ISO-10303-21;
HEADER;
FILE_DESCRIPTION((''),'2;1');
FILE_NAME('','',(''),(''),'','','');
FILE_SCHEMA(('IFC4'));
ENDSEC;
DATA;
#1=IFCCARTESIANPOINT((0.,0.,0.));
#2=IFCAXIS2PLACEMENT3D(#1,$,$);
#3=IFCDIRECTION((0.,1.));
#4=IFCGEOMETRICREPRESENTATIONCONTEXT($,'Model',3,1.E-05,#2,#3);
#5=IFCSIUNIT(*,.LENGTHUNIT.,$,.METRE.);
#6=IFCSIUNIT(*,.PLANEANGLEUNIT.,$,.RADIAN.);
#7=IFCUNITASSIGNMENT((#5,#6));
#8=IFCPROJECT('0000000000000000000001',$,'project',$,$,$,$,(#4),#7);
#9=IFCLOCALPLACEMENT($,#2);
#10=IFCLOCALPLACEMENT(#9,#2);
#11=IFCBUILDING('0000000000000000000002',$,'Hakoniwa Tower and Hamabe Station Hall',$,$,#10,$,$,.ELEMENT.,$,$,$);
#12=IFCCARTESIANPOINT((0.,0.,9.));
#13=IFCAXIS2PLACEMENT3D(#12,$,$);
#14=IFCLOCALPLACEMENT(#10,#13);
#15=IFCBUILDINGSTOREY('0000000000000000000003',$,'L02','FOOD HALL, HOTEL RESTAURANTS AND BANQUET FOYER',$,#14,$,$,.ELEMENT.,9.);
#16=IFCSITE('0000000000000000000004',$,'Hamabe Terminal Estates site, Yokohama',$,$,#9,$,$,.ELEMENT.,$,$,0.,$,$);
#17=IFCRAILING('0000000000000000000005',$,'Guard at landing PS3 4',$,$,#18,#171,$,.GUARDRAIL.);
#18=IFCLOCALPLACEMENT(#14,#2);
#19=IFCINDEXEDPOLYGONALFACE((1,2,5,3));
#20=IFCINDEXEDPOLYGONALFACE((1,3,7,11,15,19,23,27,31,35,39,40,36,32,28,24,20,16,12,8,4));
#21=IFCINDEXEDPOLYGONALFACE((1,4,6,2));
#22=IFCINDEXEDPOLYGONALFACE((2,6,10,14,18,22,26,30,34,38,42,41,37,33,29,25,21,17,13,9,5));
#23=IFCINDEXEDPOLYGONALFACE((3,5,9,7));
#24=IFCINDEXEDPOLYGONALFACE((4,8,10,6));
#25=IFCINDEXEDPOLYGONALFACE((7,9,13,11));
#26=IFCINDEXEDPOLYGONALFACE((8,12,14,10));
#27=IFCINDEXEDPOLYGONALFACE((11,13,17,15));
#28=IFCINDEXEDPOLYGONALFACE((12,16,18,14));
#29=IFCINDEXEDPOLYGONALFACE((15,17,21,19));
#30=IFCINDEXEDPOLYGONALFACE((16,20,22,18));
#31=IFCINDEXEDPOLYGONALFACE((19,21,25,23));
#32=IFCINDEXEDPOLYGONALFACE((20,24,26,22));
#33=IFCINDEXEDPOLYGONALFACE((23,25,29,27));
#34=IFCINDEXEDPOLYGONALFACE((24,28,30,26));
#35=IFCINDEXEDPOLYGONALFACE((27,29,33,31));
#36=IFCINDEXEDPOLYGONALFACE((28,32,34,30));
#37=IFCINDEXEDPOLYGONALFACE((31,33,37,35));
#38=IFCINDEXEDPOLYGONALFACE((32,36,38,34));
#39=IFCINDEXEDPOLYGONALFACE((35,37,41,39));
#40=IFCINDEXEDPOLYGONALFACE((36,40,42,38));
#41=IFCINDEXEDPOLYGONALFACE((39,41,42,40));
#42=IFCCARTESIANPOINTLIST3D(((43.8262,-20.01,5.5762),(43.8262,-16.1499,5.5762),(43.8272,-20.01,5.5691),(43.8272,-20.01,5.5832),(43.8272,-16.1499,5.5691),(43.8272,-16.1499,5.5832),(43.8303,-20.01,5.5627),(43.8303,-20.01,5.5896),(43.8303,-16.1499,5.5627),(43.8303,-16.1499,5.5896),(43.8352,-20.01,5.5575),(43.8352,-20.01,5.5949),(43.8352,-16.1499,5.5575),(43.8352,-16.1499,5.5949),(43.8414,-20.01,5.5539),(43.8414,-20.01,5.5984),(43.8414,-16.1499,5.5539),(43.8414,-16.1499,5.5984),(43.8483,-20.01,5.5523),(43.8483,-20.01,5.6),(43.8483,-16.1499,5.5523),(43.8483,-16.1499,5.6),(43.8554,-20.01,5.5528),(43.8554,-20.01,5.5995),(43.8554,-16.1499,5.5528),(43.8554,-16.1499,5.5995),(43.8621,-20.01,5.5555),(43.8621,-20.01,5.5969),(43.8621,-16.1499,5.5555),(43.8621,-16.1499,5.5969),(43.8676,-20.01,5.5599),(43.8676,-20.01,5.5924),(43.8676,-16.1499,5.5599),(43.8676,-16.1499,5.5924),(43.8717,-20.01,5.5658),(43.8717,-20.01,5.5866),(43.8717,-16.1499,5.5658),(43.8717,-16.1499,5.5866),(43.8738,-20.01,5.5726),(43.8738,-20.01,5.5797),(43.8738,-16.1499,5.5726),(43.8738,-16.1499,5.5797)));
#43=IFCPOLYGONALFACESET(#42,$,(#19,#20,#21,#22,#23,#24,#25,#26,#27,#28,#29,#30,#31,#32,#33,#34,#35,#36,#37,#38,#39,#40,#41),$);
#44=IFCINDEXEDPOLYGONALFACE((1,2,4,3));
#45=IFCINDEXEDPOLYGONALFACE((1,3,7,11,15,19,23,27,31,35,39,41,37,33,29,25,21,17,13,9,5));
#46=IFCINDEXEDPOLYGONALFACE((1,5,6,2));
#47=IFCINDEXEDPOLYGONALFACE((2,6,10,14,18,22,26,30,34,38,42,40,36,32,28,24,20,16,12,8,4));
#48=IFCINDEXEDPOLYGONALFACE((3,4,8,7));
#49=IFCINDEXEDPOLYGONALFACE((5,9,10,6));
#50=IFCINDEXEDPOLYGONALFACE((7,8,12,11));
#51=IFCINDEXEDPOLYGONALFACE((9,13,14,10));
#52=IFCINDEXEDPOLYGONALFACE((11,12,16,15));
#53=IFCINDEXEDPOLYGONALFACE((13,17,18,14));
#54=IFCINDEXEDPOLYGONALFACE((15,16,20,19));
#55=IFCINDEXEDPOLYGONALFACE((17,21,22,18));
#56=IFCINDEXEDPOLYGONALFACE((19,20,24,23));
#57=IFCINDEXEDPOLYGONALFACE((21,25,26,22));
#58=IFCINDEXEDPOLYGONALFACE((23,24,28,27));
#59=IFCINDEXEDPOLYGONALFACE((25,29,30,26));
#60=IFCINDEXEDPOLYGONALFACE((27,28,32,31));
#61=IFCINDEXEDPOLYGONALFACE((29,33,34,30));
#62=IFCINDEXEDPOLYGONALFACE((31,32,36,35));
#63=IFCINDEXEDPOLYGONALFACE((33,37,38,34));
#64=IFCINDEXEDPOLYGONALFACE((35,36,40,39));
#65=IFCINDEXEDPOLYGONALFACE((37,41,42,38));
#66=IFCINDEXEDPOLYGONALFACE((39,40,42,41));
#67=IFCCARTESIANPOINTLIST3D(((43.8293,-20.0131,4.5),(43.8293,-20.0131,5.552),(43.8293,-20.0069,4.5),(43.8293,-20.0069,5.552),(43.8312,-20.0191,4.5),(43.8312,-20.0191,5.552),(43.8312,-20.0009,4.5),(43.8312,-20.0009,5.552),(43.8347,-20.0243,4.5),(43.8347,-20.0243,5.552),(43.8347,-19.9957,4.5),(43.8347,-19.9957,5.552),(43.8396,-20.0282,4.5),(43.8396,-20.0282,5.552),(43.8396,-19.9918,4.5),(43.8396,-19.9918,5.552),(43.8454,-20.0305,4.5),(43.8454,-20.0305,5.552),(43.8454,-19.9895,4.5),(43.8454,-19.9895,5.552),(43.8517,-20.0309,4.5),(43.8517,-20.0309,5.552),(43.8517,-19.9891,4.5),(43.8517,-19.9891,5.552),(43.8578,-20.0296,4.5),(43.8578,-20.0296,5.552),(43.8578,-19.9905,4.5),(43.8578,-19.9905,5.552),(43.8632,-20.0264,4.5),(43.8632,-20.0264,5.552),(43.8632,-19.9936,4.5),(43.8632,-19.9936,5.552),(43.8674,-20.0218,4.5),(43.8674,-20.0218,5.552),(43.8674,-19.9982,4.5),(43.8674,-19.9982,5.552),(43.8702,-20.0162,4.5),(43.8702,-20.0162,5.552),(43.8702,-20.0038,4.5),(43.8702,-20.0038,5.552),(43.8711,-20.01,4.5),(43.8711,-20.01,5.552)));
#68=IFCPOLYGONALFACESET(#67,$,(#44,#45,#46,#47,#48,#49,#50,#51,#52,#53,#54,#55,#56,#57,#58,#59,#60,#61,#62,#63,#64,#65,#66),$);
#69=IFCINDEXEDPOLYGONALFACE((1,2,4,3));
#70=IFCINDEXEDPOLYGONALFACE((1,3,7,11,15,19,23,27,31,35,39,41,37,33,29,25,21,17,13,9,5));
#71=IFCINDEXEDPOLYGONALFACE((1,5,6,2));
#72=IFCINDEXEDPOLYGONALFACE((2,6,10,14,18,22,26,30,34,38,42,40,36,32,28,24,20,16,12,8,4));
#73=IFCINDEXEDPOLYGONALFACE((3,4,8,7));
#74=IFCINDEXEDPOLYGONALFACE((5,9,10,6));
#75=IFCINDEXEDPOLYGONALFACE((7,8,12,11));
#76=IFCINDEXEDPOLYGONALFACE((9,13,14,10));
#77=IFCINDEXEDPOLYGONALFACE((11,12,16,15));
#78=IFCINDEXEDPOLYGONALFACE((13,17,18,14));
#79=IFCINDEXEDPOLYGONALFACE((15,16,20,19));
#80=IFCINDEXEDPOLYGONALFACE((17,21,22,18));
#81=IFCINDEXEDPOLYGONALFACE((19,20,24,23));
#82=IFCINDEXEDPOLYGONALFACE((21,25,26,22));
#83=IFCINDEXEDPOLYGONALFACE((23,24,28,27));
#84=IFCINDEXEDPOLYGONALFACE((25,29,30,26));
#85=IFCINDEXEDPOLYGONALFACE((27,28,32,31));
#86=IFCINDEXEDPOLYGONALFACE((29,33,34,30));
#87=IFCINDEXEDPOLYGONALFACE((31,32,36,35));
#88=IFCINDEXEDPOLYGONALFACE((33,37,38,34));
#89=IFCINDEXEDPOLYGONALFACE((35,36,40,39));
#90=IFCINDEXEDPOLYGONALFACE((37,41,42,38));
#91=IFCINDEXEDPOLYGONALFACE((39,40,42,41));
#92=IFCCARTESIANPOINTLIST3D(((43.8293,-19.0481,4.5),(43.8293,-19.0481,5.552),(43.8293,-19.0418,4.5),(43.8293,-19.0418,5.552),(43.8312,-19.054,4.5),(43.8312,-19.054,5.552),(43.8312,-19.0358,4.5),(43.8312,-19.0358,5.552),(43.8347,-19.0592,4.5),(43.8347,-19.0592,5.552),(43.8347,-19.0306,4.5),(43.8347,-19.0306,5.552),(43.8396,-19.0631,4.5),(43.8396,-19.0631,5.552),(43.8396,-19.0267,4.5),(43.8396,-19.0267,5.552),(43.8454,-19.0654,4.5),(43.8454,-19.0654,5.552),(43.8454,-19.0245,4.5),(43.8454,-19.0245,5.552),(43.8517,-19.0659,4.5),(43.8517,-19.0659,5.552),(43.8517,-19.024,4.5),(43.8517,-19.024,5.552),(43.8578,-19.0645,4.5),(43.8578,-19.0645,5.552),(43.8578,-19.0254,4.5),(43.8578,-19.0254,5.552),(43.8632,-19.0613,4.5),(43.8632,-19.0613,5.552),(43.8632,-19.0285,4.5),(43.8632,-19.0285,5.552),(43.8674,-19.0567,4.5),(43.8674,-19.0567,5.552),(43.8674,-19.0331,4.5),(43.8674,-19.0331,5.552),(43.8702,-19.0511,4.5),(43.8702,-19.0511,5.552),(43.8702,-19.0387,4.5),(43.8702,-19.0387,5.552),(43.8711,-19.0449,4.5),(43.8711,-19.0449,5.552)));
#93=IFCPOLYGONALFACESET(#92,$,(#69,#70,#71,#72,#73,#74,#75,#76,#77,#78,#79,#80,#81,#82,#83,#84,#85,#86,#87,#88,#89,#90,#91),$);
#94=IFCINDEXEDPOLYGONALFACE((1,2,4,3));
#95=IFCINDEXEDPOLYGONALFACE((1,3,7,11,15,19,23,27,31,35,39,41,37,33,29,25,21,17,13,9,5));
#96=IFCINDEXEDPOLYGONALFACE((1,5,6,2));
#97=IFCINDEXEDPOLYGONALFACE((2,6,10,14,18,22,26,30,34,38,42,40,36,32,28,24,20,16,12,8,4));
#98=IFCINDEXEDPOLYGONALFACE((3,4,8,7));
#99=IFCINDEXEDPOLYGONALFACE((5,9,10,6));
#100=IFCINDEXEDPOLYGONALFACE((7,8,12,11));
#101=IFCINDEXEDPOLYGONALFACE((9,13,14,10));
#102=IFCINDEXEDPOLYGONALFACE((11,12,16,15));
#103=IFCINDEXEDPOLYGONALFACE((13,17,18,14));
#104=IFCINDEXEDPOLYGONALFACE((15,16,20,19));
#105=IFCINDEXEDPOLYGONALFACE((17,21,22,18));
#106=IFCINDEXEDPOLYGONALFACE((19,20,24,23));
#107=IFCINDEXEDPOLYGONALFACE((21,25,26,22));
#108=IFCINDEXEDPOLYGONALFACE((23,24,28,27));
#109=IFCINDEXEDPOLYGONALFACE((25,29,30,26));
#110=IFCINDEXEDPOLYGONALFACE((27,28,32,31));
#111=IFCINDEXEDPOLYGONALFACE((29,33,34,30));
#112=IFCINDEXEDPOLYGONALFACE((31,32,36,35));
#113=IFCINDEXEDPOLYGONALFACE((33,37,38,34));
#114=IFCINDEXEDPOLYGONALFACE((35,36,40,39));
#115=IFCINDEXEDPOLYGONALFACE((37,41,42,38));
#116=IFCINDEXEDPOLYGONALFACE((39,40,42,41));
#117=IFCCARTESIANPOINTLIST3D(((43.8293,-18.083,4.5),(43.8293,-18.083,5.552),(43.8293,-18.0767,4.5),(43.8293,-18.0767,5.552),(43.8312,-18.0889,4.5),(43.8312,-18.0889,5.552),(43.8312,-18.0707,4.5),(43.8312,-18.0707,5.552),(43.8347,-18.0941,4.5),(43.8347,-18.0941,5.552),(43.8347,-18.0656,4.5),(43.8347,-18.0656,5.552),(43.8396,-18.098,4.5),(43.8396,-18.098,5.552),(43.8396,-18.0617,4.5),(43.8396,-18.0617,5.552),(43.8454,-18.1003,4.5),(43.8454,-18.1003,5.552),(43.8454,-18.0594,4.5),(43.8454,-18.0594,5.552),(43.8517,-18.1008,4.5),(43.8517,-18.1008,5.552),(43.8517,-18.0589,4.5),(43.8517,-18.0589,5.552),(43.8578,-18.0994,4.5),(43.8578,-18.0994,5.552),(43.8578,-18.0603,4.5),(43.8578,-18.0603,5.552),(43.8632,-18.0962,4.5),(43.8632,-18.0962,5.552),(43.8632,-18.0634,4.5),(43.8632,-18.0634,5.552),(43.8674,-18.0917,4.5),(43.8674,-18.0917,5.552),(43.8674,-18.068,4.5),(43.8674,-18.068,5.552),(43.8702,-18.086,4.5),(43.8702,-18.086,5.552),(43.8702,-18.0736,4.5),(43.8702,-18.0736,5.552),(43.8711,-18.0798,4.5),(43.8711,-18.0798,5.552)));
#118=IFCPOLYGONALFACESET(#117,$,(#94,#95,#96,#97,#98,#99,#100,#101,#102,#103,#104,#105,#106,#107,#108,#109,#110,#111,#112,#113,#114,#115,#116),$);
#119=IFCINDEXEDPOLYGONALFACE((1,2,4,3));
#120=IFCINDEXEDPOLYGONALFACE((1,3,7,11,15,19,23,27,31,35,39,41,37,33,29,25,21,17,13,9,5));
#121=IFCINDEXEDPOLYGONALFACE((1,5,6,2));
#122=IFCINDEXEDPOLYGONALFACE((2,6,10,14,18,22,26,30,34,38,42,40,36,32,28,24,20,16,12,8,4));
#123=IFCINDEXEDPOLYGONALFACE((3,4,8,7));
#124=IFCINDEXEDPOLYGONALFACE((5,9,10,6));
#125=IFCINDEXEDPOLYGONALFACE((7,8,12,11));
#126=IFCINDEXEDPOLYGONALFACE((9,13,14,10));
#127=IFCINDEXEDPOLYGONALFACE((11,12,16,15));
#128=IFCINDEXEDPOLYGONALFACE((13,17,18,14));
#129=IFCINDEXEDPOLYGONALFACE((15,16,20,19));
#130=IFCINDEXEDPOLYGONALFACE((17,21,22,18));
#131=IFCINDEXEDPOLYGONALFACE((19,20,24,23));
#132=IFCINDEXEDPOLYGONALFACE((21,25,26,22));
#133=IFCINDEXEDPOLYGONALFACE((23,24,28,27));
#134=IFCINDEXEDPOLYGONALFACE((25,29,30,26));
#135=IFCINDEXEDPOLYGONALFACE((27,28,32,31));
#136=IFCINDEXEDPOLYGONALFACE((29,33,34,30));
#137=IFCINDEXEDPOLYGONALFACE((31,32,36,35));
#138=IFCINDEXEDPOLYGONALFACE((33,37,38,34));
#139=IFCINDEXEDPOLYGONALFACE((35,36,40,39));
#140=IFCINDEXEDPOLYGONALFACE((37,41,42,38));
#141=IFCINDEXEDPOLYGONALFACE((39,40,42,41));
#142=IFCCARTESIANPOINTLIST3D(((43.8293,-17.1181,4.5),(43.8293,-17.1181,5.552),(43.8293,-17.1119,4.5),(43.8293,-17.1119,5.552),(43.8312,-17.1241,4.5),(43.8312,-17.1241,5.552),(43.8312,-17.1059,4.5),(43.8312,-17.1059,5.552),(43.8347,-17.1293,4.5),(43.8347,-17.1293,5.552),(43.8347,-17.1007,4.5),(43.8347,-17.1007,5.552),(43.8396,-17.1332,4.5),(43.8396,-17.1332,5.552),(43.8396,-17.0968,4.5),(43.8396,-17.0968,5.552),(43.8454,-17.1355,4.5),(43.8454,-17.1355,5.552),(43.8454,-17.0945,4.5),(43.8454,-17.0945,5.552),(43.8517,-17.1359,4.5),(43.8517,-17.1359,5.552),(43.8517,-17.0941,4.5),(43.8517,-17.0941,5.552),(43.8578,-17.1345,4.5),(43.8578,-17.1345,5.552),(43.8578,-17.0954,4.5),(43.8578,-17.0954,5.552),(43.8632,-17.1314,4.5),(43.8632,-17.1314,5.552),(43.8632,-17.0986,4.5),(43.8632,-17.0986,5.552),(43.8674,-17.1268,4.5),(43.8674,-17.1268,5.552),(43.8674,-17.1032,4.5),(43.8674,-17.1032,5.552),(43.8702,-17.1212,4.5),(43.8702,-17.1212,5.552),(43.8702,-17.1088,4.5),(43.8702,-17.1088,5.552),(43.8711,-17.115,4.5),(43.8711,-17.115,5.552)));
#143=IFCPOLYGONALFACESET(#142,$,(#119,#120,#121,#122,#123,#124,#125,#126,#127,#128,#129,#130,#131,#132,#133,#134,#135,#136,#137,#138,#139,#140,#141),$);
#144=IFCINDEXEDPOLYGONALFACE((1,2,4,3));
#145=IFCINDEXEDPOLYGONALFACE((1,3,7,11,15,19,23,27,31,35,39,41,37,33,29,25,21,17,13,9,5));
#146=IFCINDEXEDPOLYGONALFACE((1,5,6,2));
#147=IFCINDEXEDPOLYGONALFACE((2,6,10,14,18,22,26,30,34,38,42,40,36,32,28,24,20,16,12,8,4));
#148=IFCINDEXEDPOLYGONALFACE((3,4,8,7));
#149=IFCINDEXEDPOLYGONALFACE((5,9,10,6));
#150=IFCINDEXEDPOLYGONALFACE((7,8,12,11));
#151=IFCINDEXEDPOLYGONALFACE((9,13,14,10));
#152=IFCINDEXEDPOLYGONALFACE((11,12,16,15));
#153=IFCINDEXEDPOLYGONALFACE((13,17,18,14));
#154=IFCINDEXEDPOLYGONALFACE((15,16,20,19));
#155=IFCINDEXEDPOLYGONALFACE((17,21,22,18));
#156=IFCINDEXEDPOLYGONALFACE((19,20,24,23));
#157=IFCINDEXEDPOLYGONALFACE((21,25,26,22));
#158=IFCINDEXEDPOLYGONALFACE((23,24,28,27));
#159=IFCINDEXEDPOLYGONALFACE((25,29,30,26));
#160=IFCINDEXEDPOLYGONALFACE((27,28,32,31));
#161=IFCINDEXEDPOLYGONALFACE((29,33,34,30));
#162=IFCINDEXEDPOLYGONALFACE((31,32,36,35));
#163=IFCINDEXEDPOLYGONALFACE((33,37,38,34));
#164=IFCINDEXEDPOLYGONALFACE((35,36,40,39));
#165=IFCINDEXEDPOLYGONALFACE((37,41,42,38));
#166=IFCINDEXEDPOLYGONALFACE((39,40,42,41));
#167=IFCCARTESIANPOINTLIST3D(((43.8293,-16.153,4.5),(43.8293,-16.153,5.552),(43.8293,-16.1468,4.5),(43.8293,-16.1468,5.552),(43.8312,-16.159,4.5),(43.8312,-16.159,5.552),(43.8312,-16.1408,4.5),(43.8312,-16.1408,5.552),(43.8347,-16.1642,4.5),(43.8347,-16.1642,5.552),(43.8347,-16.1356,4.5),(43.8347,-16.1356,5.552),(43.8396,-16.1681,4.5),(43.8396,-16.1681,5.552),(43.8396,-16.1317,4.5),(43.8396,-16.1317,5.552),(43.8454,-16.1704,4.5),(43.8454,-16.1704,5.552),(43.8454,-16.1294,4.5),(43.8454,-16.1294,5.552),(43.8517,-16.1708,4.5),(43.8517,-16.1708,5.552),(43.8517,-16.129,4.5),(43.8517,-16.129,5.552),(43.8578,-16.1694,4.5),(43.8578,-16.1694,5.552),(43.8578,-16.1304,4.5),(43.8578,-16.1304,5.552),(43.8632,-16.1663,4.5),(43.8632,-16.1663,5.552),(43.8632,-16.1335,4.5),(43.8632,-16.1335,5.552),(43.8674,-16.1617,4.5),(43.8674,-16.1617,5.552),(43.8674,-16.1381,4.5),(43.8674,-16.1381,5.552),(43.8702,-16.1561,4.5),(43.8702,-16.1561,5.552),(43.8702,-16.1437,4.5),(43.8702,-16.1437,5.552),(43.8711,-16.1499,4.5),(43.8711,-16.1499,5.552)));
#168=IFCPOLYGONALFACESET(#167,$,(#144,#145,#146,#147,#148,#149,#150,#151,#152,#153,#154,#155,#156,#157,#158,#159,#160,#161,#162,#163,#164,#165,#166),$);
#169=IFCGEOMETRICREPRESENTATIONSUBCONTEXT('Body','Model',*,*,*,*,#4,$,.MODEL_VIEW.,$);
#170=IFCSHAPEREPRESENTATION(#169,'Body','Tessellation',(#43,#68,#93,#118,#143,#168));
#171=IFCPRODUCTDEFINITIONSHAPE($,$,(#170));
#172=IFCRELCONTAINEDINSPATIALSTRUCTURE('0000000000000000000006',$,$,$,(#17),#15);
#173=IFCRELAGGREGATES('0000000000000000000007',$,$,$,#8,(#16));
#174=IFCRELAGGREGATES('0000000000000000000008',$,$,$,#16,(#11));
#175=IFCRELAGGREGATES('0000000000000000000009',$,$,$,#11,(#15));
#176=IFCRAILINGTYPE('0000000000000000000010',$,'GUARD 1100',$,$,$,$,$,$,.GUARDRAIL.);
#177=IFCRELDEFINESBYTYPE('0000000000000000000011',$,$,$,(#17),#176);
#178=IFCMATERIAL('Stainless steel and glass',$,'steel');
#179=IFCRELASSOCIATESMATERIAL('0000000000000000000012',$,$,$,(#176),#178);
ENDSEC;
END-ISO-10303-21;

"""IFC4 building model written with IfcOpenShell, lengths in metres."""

from ifc_helpers import new_model, si_unit, direction, frame, origin, origin_2d, place, context, subcontext, project, spatial, circle, extrude, material, type_object, element, save


model = new_model("IFC4")

# Units and contexts
model_context = context("Model", 3, precision=1e-05, world=origin(), true_north=direction((0.0, 1.0)))
body_context = subcontext(model_context, "Body", "Model", "MODEL_VIEW")
ifc_project = project(units=[si_unit("LENGTHUNIT", "METRE"), si_unit("PLANEANGLEUNIT", "RADIAN")], contexts=[model_context])

# Site, building, storey
site_placement = place(None, origin())
site = spatial("IfcSite", under=ifc_project, at=site_placement, Name="Hamabe Terminal Estates site, Yokohama", CompositionType="ELEMENT", RefElevation=0.0)
building_placement = place(site_placement, origin())
building = spatial("IfcBuilding", under=site, at=building_placement, Name="Hakoniwa Tower and Hamabe Station Hall", CompositionType="ELEMENT")
storey_placement = place(building_placement, frame((0.0, 0.0, 9.0)))
storey = spatial("IfcBuildingStorey", under=building, at=storey_placement, Name="L02", Description="FOOD HALL, HOTEL RESTAURANTS AND BANQUET FOYER", CompositionType="ELEMENT", Elevation=9.0)

# Railing
ifc_material_1 = material(Name="Stainless steel and glass", Category="steel")
railing_type_1 = type_object("IfcRailingType", Name="GUARD 1100", PredefinedType="GUARDRAIL", material=ifc_material_1)
railing_1_placement = place(storey_placement, frame((43.8501, -20.01, 4.5)))
element("IfcRailing", 1, at=railing_1_placement, inside=storey, type_object=railing_type_1, Name="Guard at landing PS3 4", PredefinedType="GUARDRAIL", context=body_context, shape_type="SweptSolid", body=[
    extrude(circle(Radius=0.0239, at=origin_2d()), frame((0.0, 0.0, 1.0762), z_axis=(0.0, 1.0, 0.0), x_axis=(-1.0, 0.0, 0.0)), (0.0, 0.0, 1.0), 3.8601),
    extrude(circle(Radius=0.021, at=origin_2d()), origin(), (0.0, 0.0, 1.0), 1.052),
    extrude(circle(Radius=0.021, at=origin_2d()), frame((0.0, 0.9651, 0.0)), (0.0, 0.0, 1.0), 1.052),
    extrude(circle(Radius=0.021, at=origin_2d()), frame((0.0, 1.9302, 0.0)), (0.0, 0.0, 1.0), 1.052),
    extrude(circle(Radius=0.021, at=origin_2d()), frame((0.0, 2.895, 0.0)), (0.0, 0.0, 1.0), 1.052),
    extrude(circle(Radius=0.021, at=origin_2d()), frame((0.0, 3.8601, 0.0)), (0.0, 0.0, 1.0), 1.052),
])

save(model, "model.ifc")
